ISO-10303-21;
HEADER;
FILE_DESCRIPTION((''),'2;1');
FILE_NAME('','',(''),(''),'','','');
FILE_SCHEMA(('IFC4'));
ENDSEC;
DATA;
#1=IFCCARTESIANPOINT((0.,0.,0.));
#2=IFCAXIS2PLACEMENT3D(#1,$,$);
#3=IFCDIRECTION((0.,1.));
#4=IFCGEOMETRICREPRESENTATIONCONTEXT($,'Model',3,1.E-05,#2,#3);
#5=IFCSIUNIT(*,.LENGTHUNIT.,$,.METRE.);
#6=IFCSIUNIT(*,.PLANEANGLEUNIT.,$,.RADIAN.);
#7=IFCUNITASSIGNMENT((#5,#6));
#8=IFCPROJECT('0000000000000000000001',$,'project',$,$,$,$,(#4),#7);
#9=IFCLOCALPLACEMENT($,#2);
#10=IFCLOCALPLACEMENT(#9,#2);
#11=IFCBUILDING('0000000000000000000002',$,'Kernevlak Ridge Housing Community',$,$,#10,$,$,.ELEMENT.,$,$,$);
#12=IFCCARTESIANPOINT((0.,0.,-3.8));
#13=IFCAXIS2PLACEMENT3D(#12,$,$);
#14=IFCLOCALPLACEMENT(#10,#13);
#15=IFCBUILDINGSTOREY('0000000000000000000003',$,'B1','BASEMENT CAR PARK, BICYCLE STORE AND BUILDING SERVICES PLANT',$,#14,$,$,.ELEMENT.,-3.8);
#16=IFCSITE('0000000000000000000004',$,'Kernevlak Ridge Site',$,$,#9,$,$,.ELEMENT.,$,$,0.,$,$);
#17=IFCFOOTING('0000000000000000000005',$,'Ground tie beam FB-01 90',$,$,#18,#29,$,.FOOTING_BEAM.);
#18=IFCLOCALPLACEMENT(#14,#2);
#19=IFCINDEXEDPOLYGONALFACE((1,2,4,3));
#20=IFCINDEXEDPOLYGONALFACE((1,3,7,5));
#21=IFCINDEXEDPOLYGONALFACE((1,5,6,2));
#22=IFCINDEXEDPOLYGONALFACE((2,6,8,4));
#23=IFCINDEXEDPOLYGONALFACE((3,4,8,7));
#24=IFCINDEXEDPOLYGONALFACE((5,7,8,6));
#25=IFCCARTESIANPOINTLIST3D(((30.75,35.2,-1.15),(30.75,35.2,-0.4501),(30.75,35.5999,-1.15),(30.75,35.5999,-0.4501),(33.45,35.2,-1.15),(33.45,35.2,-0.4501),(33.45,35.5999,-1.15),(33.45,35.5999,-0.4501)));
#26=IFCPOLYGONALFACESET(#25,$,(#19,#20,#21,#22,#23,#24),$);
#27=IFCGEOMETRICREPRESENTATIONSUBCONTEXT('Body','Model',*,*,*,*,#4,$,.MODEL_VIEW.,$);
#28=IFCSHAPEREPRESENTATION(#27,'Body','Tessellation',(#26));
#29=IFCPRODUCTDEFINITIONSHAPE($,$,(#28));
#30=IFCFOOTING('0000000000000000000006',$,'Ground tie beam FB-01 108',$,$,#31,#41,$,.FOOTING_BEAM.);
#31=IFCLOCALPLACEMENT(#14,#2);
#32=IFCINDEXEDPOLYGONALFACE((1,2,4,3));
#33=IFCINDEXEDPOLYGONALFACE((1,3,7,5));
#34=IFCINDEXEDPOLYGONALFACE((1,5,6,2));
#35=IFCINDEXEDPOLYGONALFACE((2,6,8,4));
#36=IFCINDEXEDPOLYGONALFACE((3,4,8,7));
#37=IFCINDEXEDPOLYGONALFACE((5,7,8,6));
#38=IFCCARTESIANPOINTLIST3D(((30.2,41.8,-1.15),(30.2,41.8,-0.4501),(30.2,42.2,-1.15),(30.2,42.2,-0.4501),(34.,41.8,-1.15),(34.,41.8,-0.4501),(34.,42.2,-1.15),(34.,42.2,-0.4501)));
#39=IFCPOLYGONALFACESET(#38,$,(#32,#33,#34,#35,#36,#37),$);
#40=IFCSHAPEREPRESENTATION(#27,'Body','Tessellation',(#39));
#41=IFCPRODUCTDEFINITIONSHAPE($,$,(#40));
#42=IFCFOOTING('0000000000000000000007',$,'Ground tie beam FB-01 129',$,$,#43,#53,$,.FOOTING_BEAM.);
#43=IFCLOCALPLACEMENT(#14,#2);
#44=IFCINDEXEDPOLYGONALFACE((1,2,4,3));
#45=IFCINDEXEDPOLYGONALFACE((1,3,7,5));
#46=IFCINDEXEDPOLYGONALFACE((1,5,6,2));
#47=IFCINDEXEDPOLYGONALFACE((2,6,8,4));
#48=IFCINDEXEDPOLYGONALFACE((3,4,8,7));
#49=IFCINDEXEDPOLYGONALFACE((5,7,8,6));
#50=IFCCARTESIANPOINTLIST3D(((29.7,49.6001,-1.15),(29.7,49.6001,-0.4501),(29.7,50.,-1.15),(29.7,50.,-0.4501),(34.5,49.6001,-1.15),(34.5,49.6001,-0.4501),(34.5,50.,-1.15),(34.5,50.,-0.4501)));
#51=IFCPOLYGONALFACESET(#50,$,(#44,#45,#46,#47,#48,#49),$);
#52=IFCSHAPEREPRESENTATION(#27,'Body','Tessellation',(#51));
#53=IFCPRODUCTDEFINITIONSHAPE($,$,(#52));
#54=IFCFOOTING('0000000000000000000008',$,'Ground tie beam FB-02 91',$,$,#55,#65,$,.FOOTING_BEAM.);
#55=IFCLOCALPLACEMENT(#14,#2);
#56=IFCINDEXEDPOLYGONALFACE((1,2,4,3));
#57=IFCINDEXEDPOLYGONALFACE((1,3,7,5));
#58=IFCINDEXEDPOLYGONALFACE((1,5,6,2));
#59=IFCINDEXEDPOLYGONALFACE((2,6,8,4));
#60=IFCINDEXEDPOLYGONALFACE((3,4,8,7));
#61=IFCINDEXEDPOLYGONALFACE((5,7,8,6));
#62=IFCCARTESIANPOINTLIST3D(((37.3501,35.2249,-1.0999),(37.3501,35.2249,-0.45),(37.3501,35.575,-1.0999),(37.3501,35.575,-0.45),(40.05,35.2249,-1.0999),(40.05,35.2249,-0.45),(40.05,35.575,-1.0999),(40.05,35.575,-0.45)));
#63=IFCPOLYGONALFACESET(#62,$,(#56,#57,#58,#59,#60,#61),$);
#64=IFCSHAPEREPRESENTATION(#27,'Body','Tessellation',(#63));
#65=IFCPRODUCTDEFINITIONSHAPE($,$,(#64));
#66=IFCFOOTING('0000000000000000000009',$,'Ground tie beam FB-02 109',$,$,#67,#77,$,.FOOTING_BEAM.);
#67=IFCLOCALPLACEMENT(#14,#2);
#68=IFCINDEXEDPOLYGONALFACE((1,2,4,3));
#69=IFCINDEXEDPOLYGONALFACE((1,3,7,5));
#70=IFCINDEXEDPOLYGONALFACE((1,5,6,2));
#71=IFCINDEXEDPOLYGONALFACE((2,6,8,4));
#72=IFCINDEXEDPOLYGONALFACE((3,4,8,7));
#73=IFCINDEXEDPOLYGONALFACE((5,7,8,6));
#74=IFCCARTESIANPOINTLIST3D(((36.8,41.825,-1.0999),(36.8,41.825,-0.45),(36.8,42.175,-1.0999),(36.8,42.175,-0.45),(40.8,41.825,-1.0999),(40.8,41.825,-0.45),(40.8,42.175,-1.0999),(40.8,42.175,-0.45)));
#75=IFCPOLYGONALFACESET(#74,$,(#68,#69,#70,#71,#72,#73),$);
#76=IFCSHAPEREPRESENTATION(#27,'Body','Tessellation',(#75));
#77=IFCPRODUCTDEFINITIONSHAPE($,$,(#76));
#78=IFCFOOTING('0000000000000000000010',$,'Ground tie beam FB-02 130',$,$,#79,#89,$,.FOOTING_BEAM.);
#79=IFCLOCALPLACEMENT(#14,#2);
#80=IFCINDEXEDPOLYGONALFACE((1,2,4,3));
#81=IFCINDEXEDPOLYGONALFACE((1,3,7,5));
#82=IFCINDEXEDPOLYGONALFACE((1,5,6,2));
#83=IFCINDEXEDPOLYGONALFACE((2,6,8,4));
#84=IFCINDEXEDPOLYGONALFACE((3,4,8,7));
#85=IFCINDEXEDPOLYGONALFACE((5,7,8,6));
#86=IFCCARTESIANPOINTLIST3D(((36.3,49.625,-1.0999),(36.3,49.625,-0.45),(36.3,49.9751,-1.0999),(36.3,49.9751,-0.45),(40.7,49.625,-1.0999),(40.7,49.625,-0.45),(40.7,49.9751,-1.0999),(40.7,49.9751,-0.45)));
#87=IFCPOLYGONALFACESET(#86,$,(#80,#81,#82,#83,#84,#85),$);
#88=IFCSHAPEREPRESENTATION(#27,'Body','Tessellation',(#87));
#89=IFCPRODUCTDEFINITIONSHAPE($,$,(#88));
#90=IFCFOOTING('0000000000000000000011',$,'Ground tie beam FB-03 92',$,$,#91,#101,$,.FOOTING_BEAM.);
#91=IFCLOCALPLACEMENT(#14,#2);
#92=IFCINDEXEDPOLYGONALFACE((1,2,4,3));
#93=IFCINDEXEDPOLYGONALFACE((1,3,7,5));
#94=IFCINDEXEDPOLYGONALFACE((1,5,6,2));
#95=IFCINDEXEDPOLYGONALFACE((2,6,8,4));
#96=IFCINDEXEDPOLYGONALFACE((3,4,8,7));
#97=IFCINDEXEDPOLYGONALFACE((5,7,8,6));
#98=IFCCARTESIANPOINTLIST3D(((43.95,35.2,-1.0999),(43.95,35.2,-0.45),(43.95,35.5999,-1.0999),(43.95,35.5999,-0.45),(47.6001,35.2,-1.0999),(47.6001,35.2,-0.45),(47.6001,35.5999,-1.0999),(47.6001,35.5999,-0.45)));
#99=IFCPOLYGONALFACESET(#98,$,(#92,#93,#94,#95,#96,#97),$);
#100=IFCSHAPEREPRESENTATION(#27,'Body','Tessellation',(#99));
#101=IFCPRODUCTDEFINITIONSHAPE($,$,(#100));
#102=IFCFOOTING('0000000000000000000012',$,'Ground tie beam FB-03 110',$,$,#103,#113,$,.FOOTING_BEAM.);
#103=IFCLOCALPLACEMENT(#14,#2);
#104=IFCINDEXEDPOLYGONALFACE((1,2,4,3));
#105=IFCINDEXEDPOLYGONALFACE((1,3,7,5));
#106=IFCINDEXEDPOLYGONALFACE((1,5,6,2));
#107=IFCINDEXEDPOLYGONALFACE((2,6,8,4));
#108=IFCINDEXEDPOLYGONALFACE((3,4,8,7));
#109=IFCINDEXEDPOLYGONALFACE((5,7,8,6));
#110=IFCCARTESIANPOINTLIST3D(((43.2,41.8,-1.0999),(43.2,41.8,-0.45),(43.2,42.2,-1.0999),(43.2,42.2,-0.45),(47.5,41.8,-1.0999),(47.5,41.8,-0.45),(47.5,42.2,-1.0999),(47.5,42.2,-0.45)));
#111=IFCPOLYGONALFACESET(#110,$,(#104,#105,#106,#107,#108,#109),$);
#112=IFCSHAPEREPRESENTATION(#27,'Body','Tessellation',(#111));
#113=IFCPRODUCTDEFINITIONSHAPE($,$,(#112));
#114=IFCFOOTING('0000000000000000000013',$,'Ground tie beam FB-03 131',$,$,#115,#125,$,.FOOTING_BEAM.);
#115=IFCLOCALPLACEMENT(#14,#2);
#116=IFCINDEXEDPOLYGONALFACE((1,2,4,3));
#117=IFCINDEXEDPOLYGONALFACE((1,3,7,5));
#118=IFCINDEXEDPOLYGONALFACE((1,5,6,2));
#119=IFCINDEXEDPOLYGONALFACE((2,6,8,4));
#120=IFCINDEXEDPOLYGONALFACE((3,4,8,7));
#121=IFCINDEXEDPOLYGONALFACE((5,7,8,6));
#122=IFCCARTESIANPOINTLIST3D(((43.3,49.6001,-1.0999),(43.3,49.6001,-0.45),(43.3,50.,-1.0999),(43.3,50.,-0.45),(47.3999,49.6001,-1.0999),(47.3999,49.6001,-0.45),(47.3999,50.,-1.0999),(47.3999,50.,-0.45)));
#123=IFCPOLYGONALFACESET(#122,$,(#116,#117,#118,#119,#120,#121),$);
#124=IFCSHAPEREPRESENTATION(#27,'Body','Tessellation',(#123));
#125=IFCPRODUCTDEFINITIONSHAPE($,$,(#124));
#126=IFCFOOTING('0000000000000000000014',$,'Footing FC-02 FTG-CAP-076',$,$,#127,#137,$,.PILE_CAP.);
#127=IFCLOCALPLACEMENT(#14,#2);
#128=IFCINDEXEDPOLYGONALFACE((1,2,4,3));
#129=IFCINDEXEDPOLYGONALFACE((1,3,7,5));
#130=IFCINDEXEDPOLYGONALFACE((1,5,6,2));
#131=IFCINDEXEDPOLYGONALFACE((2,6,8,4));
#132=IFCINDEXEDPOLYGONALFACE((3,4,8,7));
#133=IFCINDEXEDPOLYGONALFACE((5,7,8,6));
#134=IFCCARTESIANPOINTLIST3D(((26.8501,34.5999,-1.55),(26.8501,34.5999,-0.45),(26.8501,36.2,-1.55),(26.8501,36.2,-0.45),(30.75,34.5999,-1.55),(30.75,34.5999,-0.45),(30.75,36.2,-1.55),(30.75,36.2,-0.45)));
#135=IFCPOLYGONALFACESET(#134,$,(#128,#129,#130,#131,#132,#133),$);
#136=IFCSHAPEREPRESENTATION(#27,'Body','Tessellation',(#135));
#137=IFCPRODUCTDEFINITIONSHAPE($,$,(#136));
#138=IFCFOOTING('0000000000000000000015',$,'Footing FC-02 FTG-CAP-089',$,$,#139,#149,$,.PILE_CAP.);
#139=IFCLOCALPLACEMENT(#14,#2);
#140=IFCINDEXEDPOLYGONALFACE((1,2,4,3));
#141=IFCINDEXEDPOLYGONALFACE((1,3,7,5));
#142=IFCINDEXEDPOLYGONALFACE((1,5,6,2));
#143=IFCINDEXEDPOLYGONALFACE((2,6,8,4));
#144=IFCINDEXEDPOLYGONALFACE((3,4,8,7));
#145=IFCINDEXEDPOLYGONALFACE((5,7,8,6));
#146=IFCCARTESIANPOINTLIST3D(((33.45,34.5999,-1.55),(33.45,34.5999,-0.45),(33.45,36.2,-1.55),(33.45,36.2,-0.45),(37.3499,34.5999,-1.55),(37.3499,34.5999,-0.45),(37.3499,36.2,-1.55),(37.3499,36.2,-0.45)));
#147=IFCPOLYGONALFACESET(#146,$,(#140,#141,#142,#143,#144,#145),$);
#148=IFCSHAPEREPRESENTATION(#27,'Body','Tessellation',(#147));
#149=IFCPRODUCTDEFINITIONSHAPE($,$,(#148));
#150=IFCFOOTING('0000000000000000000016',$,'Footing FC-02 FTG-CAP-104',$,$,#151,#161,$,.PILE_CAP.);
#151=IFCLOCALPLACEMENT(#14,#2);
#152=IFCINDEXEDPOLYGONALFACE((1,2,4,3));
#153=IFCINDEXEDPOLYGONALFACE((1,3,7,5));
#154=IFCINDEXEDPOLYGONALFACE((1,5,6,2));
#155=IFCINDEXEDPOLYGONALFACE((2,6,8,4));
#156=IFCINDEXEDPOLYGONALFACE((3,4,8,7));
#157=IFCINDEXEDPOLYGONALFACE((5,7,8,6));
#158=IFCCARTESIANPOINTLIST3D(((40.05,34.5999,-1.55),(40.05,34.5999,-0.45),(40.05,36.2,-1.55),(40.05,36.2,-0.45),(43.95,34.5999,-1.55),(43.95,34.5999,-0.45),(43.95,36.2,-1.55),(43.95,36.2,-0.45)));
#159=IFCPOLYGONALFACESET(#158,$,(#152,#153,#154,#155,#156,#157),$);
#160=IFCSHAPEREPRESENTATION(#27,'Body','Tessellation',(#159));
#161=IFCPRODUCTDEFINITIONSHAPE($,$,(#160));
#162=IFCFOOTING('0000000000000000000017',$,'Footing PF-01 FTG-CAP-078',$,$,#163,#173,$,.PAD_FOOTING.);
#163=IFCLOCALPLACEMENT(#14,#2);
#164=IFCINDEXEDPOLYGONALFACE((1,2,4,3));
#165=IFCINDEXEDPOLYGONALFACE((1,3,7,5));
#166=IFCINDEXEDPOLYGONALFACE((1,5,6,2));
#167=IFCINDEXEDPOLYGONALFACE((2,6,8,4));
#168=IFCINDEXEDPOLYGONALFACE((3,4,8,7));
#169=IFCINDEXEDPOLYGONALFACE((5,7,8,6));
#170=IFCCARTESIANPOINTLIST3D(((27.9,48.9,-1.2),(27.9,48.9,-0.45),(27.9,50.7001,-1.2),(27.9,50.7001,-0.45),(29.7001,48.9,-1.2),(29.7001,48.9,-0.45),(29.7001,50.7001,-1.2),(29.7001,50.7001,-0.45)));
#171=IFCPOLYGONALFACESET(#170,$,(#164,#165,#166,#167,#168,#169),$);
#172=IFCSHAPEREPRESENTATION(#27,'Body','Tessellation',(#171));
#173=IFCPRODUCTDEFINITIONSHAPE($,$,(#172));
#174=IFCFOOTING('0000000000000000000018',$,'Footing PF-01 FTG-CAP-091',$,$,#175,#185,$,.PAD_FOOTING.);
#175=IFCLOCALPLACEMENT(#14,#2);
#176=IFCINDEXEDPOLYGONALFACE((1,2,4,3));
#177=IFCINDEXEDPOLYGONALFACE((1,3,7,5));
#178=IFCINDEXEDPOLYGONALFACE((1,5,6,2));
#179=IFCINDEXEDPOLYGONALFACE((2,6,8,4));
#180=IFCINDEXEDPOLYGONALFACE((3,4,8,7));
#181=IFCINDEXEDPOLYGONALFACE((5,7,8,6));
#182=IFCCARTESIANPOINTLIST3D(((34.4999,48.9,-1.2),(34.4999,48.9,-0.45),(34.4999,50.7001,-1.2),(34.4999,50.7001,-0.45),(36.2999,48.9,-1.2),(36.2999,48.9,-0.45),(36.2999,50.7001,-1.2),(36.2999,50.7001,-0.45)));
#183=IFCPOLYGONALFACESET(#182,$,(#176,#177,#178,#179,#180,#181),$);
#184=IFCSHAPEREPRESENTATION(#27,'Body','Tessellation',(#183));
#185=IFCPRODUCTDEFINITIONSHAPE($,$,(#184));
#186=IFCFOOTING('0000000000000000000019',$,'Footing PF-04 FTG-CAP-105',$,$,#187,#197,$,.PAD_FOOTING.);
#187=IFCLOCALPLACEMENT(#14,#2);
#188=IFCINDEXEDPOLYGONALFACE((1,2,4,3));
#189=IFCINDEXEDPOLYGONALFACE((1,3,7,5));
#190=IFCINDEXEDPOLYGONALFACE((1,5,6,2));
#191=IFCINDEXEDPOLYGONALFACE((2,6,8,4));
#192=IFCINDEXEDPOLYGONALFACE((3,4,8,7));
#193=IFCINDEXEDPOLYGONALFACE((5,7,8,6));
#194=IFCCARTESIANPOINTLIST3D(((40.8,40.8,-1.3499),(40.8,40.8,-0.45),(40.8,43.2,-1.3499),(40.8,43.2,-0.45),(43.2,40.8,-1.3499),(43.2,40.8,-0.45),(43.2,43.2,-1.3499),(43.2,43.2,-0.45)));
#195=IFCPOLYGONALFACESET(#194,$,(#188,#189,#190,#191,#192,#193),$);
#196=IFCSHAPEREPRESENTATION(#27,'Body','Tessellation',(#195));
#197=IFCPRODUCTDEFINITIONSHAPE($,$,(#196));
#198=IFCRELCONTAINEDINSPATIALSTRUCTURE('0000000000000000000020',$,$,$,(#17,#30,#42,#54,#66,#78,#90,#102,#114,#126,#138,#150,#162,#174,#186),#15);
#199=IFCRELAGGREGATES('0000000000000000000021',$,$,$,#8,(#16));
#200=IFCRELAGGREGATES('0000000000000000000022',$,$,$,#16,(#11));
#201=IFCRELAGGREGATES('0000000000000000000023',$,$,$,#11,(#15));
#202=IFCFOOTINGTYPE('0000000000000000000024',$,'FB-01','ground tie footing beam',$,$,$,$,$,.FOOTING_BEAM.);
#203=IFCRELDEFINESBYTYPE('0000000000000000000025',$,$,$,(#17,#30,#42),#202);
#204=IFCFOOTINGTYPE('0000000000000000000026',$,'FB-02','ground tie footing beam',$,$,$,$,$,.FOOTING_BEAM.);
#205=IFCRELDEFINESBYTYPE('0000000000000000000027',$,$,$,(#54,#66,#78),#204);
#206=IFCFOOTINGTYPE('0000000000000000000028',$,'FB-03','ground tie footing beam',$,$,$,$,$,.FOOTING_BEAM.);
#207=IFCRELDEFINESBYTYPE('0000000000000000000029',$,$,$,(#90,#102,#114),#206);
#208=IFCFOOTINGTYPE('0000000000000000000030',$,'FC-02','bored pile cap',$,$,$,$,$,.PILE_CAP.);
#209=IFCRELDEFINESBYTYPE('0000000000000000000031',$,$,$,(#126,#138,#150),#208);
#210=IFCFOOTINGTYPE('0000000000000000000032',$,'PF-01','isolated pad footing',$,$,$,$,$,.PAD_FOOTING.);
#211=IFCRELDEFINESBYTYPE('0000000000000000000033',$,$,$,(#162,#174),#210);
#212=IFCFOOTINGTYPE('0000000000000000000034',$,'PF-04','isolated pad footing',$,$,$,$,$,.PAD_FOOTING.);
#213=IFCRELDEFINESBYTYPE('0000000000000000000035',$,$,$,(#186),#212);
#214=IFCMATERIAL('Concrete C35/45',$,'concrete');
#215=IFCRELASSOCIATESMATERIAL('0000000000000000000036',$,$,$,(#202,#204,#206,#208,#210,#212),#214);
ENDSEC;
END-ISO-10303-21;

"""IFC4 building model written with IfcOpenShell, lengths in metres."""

from ifc_helpers import new_model, si_unit, direction, frame, origin, origin_2d, place, context, subcontext, project, spatial, rectangle, extrude, material, material_profile, profile_set, type_object, element, save


model = new_model("IFC4")

# Units and contexts
model_context = context("Model", 3, precision=1e-05, world=origin(), true_north=direction((0.0, 1.0)))
body_context = subcontext(model_context, "Body", "Model", "MODEL_VIEW")
ifc_project = project(units=[si_unit("LENGTHUNIT", "METRE"), si_unit("PLANEANGLEUNIT", "RADIAN")], contexts=[model_context])

# Site, building, storey
site_placement = place(None, origin())
site = spatial("IfcSite", under=ifc_project, at=site_placement, Name="Kernevlak Ridge Site", CompositionType="ELEMENT", RefElevation=0.0)
building_placement = place(site_placement, origin())
building = spatial("IfcBuilding", under=site, at=building_placement, Name="Kernevlak Ridge Housing Community", CompositionType="ELEMENT")
storey_placement = place(building_placement, frame((0.0, 0.0, -3.8)))
storey = spatial("IfcBuildingStorey", under=building, at=storey_placement, Name="B1", Description="BASEMENT CAR PARK, BICYCLE STORE AND BUILDING SERVICES PLANT", CompositionType="ELEMENT", Elevation=-3.8)

# Shared definitions
ifc_material_1 = material(Name="Concrete C35/45", Category="concrete")

# Footings
ifc_material_profile_1 = material_profile(ifc_material_1, rectangle(XDim=0.3999, YDim=0.7, at=origin_2d()), Name="RC 400x700")
ifc_profile_set_1 = profile_set([ifc_material_profile_1], Name="Concrete C35/45")
footing_type_1 = type_object("IfcFootingType", Name="FB-01", Description="ground tie footing beam", PredefinedType="FOOTING_BEAM", material=ifc_profile_set_1)
footing_1_placement = place(storey_placement, frame((30.75, 35.3999, -0.8), z_axis=(1.0, 0.0, 0.0), x_axis=(0.0, 1.0, 0.0)))
element("IfcFooting", 1, at=footing_1_placement, inside=storey, type_object=footing_type_1, Name="Ground tie beam FB-01 90", PredefinedType="FOOTING_BEAM", context=body_context, shape_type="SweptSolid", body=[
    extrude(rectangle(XDim=0.3999, YDim=0.7, at=origin_2d()), origin(), (0.0, 0.0, 1.0), 2.7),
])
footing_2_placement = place(storey_placement, frame((30.2, 42.0, -0.8), z_axis=(1.0, 0.0, 0.0), x_axis=(0.0, 1.0, 0.0)))
element("IfcFooting", 2, at=footing_2_placement, inside=storey, type_object=footing_type_1, Name="Ground tie beam FB-01 108", PredefinedType="FOOTING_BEAM", context=body_context, shape_type="SweptSolid", body=[
    extrude(rectangle(XDim=0.3999, YDim=0.7, at=origin_2d()), origin(), (0.0, 0.0, 1.0), 3.8),
])
footing_3_placement = place(storey_placement, frame((29.7, 49.8, -0.8), z_axis=(1.0, 0.0, 0.0), x_axis=(0.0, 1.0, 0.0)))
element("IfcFooting", 3, at=footing_3_placement, inside=storey, type_object=footing_type_1, Name="Ground tie beam FB-01 129", PredefinedType="FOOTING_BEAM", context=body_context, shape_type="SweptSolid", body=[
    extrude(rectangle(XDim=0.3999, YDim=0.7, at=origin_2d()), origin(), (0.0, 0.0, 1.0), 4.8),
])
ifc_material_profile_2 = material_profile(ifc_material_1, rectangle(XDim=0.3501, YDim=0.6499, at=origin_2d()), Name="RC 350x650")
ifc_profile_set_2 = profile_set([ifc_material_profile_2], Name="Concrete C35/45")
footing_type_2 = type_object("IfcFootingType", Name="FB-02", Description="ground tie footing beam", PredefinedType="FOOTING_BEAM", material=ifc_profile_set_2)
footing_4_placement = place(storey_placement, frame((37.3501, 35.3999, -0.7749), z_axis=(1.0, 0.0, 0.0), x_axis=(0.0, 1.0, 0.0)))
element("IfcFooting", 4, at=footing_4_placement, inside=storey, type_object=footing_type_2, Name="Ground tie beam FB-02 91", PredefinedType="FOOTING_BEAM", context=body_context, shape_type="SweptSolid", body=[
    extrude(rectangle(XDim=0.3501, YDim=0.6499, at=origin_2d()), origin(), (0.0, 0.0, 1.0), 2.7),
])
footing_5_placement = place(storey_placement, frame((36.8, 42.0, -0.7749), z_axis=(1.0, 0.0, 0.0), x_axis=(0.0, 1.0, 0.0)))
element("IfcFooting", 5, at=footing_5_placement, inside=storey, type_object=footing_type_2, Name="Ground tie beam FB-02 109", PredefinedType="FOOTING_BEAM", context=body_context, shape_type="SweptSolid", body=[
    extrude(rectangle(XDim=0.3501, YDim=0.6499, at=origin_2d()), origin(), (0.0, 0.0, 1.0), 4.0),
])
footing_6_placement = place(storey_placement, frame((36.3, 49.8, -0.7749), z_axis=(1.0, 0.0, 0.0), x_axis=(0.0, 1.0, 0.0)))
element("IfcFooting", 6, at=footing_6_placement, inside=storey, type_object=footing_type_2, Name="Ground tie beam FB-02 130", PredefinedType="FOOTING_BEAM", context=body_context, shape_type="SweptSolid", body=[
    extrude(rectangle(XDim=0.3501, YDim=0.6499, at=origin_2d()), origin(), (0.0, 0.0, 1.0), 4.3999),
])
ifc_material_profile_3 = material_profile(ifc_material_1, rectangle(XDim=0.3999, YDim=0.6499, at=origin_2d()), Name="RC 400x650")
ifc_profile_set_3 = profile_set([ifc_material_profile_3], Name="Concrete C35/45")
footing_type_3 = type_object("IfcFootingType", Name="FB-03", Description="ground tie footing beam", PredefinedType="FOOTING_BEAM", material=ifc_profile_set_3)
footing_7_placement = place(storey_placement, frame((43.95, 35.3999, -0.7749), z_axis=(1.0, 0.0, 0.0), x_axis=(0.0, 1.0, 0.0)))
element("IfcFooting", 7, at=footing_7_placement, inside=storey, type_object=footing_type_3, Name="Ground tie beam FB-03 92", PredefinedType="FOOTING_BEAM", context=body_context, shape_type="SweptSolid", body=[
    extrude(rectangle(XDim=0.3999, YDim=0.6499, at=origin_2d()), origin(), (0.0, 0.0, 1.0), 3.6501),
])
footing_8_placement = place(storey_placement, frame((43.2, 42.0, -0.7749), z_axis=(1.0, 0.0, 0.0), x_axis=(0.0, 1.0, 0.0)))
element("IfcFooting", 8, at=footing_8_placement, inside=storey, type_object=footing_type_3, Name="Ground tie beam FB-03 110", PredefinedType="FOOTING_BEAM", context=body_context, shape_type="SweptSolid", body=[
    extrude(rectangle(XDim=0.3999, YDim=0.6499, at=origin_2d()), origin(), (0.0, 0.0, 1.0), 4.3),
])
footing_9_placement = place(storey_placement, frame((43.3, 49.8, -0.7749), z_axis=(1.0, 0.0, 0.0), x_axis=(0.0, 1.0, 0.0)))
element("IfcFooting", 9, at=footing_9_placement, inside=storey, type_object=footing_type_3, Name="Ground tie beam FB-03 131", PredefinedType="FOOTING_BEAM", context=body_context, shape_type="SweptSolid", body=[
    extrude(rectangle(XDim=0.3999, YDim=0.6499, at=origin_2d()), origin(), (0.0, 0.0, 1.0), 4.0999),
])
footing_type_4 = type_object("IfcFootingType", Name="FC-02", Description="bored pile cap", PredefinedType="PILE_CAP", material=ifc_material_1)
for number, where, z_axis, x_axis, name in (
    (10, (28.8, 35.3999, -1.55), (0.0, 0.0, 1.0), (1.0, 0.0, 0.0), "Footing FC-02 FTG-CAP-076"),
    (11, (35.3999, 35.3999, -1.55), (0.0, 0.0, 1.0), (1.0, 0.0, 0.0), "Footing FC-02 FTG-CAP-089"),
    (12, (42.0, 35.3999, -1.55), (0.0, 0.0, 1.0), (1.0, 0.0, 0.0), "Footing FC-02 FTG-CAP-104"),
):
    element("IfcFooting", number, at=place(storey_placement, frame(where, z_axis=z_axis, x_axis=x_axis)), inside=storey, type_object=footing_type_4, Name=name, PredefinedType="PILE_CAP", context=body_context, shape_type="SweptSolid", body=[
        extrude(rectangle(XDim=3.8999, YDim=1.6001, at=origin_2d()), origin(), (0.0, 0.0, 1.0), 1.1001),
    ])
footing_type_5 = type_object("IfcFootingType", Name="PF-01", Description="isolated pad footing", PredefinedType="PAD_FOOTING", material=ifc_material_1)
for number, where, z_axis, x_axis, name in (
    (13, (28.8, 49.8, -1.2), (0.0, 0.0, 1.0), (1.0, 0.0, 0.0), "Footing PF-01 FTG-CAP-078"),
    (14, (35.3999, 49.8, -1.2), (0.0, 0.0, 1.0), (1.0, 0.0, 0.0), "Footing PF-01 FTG-CAP-091"),
):
    element("IfcFooting", number, at=place(storey_placement, frame(where, z_axis=z_axis, x_axis=x_axis)), inside=storey, type_object=footing_type_5, Name=name, PredefinedType="PAD_FOOTING", context=body_context, shape_type="SweptSolid", body=[
        extrude(rectangle(XDim=1.8, YDim=1.8, at=origin_2d()), origin(), (0.0, 0.0, 1.0), 0.75),
    ])
footing_type_6 = type_object("IfcFootingType", Name="PF-04", Description="isolated pad footing", PredefinedType="PAD_FOOTING", material=ifc_material_1)
footing_10_placement = place(storey_placement, frame((42.0, 42.0, -1.3499), z_axis=(0.0, 0.0, 1.0), x_axis=(1.0, 0.0, 0.0)))
element("IfcFooting", 15, at=footing_10_placement, inside=storey, type_object=footing_type_6, Name="Footing PF-04 FTG-CAP-105", PredefinedType="PAD_FOOTING", context=body_context, shape_type="SweptSolid", body=[
    extrude(rectangle(XDim=2.3999, YDim=2.3999, at=origin_2d()), origin(), (0.0, 0.0, 1.0), 0.8999),
])

save(model, "model.ifc")
